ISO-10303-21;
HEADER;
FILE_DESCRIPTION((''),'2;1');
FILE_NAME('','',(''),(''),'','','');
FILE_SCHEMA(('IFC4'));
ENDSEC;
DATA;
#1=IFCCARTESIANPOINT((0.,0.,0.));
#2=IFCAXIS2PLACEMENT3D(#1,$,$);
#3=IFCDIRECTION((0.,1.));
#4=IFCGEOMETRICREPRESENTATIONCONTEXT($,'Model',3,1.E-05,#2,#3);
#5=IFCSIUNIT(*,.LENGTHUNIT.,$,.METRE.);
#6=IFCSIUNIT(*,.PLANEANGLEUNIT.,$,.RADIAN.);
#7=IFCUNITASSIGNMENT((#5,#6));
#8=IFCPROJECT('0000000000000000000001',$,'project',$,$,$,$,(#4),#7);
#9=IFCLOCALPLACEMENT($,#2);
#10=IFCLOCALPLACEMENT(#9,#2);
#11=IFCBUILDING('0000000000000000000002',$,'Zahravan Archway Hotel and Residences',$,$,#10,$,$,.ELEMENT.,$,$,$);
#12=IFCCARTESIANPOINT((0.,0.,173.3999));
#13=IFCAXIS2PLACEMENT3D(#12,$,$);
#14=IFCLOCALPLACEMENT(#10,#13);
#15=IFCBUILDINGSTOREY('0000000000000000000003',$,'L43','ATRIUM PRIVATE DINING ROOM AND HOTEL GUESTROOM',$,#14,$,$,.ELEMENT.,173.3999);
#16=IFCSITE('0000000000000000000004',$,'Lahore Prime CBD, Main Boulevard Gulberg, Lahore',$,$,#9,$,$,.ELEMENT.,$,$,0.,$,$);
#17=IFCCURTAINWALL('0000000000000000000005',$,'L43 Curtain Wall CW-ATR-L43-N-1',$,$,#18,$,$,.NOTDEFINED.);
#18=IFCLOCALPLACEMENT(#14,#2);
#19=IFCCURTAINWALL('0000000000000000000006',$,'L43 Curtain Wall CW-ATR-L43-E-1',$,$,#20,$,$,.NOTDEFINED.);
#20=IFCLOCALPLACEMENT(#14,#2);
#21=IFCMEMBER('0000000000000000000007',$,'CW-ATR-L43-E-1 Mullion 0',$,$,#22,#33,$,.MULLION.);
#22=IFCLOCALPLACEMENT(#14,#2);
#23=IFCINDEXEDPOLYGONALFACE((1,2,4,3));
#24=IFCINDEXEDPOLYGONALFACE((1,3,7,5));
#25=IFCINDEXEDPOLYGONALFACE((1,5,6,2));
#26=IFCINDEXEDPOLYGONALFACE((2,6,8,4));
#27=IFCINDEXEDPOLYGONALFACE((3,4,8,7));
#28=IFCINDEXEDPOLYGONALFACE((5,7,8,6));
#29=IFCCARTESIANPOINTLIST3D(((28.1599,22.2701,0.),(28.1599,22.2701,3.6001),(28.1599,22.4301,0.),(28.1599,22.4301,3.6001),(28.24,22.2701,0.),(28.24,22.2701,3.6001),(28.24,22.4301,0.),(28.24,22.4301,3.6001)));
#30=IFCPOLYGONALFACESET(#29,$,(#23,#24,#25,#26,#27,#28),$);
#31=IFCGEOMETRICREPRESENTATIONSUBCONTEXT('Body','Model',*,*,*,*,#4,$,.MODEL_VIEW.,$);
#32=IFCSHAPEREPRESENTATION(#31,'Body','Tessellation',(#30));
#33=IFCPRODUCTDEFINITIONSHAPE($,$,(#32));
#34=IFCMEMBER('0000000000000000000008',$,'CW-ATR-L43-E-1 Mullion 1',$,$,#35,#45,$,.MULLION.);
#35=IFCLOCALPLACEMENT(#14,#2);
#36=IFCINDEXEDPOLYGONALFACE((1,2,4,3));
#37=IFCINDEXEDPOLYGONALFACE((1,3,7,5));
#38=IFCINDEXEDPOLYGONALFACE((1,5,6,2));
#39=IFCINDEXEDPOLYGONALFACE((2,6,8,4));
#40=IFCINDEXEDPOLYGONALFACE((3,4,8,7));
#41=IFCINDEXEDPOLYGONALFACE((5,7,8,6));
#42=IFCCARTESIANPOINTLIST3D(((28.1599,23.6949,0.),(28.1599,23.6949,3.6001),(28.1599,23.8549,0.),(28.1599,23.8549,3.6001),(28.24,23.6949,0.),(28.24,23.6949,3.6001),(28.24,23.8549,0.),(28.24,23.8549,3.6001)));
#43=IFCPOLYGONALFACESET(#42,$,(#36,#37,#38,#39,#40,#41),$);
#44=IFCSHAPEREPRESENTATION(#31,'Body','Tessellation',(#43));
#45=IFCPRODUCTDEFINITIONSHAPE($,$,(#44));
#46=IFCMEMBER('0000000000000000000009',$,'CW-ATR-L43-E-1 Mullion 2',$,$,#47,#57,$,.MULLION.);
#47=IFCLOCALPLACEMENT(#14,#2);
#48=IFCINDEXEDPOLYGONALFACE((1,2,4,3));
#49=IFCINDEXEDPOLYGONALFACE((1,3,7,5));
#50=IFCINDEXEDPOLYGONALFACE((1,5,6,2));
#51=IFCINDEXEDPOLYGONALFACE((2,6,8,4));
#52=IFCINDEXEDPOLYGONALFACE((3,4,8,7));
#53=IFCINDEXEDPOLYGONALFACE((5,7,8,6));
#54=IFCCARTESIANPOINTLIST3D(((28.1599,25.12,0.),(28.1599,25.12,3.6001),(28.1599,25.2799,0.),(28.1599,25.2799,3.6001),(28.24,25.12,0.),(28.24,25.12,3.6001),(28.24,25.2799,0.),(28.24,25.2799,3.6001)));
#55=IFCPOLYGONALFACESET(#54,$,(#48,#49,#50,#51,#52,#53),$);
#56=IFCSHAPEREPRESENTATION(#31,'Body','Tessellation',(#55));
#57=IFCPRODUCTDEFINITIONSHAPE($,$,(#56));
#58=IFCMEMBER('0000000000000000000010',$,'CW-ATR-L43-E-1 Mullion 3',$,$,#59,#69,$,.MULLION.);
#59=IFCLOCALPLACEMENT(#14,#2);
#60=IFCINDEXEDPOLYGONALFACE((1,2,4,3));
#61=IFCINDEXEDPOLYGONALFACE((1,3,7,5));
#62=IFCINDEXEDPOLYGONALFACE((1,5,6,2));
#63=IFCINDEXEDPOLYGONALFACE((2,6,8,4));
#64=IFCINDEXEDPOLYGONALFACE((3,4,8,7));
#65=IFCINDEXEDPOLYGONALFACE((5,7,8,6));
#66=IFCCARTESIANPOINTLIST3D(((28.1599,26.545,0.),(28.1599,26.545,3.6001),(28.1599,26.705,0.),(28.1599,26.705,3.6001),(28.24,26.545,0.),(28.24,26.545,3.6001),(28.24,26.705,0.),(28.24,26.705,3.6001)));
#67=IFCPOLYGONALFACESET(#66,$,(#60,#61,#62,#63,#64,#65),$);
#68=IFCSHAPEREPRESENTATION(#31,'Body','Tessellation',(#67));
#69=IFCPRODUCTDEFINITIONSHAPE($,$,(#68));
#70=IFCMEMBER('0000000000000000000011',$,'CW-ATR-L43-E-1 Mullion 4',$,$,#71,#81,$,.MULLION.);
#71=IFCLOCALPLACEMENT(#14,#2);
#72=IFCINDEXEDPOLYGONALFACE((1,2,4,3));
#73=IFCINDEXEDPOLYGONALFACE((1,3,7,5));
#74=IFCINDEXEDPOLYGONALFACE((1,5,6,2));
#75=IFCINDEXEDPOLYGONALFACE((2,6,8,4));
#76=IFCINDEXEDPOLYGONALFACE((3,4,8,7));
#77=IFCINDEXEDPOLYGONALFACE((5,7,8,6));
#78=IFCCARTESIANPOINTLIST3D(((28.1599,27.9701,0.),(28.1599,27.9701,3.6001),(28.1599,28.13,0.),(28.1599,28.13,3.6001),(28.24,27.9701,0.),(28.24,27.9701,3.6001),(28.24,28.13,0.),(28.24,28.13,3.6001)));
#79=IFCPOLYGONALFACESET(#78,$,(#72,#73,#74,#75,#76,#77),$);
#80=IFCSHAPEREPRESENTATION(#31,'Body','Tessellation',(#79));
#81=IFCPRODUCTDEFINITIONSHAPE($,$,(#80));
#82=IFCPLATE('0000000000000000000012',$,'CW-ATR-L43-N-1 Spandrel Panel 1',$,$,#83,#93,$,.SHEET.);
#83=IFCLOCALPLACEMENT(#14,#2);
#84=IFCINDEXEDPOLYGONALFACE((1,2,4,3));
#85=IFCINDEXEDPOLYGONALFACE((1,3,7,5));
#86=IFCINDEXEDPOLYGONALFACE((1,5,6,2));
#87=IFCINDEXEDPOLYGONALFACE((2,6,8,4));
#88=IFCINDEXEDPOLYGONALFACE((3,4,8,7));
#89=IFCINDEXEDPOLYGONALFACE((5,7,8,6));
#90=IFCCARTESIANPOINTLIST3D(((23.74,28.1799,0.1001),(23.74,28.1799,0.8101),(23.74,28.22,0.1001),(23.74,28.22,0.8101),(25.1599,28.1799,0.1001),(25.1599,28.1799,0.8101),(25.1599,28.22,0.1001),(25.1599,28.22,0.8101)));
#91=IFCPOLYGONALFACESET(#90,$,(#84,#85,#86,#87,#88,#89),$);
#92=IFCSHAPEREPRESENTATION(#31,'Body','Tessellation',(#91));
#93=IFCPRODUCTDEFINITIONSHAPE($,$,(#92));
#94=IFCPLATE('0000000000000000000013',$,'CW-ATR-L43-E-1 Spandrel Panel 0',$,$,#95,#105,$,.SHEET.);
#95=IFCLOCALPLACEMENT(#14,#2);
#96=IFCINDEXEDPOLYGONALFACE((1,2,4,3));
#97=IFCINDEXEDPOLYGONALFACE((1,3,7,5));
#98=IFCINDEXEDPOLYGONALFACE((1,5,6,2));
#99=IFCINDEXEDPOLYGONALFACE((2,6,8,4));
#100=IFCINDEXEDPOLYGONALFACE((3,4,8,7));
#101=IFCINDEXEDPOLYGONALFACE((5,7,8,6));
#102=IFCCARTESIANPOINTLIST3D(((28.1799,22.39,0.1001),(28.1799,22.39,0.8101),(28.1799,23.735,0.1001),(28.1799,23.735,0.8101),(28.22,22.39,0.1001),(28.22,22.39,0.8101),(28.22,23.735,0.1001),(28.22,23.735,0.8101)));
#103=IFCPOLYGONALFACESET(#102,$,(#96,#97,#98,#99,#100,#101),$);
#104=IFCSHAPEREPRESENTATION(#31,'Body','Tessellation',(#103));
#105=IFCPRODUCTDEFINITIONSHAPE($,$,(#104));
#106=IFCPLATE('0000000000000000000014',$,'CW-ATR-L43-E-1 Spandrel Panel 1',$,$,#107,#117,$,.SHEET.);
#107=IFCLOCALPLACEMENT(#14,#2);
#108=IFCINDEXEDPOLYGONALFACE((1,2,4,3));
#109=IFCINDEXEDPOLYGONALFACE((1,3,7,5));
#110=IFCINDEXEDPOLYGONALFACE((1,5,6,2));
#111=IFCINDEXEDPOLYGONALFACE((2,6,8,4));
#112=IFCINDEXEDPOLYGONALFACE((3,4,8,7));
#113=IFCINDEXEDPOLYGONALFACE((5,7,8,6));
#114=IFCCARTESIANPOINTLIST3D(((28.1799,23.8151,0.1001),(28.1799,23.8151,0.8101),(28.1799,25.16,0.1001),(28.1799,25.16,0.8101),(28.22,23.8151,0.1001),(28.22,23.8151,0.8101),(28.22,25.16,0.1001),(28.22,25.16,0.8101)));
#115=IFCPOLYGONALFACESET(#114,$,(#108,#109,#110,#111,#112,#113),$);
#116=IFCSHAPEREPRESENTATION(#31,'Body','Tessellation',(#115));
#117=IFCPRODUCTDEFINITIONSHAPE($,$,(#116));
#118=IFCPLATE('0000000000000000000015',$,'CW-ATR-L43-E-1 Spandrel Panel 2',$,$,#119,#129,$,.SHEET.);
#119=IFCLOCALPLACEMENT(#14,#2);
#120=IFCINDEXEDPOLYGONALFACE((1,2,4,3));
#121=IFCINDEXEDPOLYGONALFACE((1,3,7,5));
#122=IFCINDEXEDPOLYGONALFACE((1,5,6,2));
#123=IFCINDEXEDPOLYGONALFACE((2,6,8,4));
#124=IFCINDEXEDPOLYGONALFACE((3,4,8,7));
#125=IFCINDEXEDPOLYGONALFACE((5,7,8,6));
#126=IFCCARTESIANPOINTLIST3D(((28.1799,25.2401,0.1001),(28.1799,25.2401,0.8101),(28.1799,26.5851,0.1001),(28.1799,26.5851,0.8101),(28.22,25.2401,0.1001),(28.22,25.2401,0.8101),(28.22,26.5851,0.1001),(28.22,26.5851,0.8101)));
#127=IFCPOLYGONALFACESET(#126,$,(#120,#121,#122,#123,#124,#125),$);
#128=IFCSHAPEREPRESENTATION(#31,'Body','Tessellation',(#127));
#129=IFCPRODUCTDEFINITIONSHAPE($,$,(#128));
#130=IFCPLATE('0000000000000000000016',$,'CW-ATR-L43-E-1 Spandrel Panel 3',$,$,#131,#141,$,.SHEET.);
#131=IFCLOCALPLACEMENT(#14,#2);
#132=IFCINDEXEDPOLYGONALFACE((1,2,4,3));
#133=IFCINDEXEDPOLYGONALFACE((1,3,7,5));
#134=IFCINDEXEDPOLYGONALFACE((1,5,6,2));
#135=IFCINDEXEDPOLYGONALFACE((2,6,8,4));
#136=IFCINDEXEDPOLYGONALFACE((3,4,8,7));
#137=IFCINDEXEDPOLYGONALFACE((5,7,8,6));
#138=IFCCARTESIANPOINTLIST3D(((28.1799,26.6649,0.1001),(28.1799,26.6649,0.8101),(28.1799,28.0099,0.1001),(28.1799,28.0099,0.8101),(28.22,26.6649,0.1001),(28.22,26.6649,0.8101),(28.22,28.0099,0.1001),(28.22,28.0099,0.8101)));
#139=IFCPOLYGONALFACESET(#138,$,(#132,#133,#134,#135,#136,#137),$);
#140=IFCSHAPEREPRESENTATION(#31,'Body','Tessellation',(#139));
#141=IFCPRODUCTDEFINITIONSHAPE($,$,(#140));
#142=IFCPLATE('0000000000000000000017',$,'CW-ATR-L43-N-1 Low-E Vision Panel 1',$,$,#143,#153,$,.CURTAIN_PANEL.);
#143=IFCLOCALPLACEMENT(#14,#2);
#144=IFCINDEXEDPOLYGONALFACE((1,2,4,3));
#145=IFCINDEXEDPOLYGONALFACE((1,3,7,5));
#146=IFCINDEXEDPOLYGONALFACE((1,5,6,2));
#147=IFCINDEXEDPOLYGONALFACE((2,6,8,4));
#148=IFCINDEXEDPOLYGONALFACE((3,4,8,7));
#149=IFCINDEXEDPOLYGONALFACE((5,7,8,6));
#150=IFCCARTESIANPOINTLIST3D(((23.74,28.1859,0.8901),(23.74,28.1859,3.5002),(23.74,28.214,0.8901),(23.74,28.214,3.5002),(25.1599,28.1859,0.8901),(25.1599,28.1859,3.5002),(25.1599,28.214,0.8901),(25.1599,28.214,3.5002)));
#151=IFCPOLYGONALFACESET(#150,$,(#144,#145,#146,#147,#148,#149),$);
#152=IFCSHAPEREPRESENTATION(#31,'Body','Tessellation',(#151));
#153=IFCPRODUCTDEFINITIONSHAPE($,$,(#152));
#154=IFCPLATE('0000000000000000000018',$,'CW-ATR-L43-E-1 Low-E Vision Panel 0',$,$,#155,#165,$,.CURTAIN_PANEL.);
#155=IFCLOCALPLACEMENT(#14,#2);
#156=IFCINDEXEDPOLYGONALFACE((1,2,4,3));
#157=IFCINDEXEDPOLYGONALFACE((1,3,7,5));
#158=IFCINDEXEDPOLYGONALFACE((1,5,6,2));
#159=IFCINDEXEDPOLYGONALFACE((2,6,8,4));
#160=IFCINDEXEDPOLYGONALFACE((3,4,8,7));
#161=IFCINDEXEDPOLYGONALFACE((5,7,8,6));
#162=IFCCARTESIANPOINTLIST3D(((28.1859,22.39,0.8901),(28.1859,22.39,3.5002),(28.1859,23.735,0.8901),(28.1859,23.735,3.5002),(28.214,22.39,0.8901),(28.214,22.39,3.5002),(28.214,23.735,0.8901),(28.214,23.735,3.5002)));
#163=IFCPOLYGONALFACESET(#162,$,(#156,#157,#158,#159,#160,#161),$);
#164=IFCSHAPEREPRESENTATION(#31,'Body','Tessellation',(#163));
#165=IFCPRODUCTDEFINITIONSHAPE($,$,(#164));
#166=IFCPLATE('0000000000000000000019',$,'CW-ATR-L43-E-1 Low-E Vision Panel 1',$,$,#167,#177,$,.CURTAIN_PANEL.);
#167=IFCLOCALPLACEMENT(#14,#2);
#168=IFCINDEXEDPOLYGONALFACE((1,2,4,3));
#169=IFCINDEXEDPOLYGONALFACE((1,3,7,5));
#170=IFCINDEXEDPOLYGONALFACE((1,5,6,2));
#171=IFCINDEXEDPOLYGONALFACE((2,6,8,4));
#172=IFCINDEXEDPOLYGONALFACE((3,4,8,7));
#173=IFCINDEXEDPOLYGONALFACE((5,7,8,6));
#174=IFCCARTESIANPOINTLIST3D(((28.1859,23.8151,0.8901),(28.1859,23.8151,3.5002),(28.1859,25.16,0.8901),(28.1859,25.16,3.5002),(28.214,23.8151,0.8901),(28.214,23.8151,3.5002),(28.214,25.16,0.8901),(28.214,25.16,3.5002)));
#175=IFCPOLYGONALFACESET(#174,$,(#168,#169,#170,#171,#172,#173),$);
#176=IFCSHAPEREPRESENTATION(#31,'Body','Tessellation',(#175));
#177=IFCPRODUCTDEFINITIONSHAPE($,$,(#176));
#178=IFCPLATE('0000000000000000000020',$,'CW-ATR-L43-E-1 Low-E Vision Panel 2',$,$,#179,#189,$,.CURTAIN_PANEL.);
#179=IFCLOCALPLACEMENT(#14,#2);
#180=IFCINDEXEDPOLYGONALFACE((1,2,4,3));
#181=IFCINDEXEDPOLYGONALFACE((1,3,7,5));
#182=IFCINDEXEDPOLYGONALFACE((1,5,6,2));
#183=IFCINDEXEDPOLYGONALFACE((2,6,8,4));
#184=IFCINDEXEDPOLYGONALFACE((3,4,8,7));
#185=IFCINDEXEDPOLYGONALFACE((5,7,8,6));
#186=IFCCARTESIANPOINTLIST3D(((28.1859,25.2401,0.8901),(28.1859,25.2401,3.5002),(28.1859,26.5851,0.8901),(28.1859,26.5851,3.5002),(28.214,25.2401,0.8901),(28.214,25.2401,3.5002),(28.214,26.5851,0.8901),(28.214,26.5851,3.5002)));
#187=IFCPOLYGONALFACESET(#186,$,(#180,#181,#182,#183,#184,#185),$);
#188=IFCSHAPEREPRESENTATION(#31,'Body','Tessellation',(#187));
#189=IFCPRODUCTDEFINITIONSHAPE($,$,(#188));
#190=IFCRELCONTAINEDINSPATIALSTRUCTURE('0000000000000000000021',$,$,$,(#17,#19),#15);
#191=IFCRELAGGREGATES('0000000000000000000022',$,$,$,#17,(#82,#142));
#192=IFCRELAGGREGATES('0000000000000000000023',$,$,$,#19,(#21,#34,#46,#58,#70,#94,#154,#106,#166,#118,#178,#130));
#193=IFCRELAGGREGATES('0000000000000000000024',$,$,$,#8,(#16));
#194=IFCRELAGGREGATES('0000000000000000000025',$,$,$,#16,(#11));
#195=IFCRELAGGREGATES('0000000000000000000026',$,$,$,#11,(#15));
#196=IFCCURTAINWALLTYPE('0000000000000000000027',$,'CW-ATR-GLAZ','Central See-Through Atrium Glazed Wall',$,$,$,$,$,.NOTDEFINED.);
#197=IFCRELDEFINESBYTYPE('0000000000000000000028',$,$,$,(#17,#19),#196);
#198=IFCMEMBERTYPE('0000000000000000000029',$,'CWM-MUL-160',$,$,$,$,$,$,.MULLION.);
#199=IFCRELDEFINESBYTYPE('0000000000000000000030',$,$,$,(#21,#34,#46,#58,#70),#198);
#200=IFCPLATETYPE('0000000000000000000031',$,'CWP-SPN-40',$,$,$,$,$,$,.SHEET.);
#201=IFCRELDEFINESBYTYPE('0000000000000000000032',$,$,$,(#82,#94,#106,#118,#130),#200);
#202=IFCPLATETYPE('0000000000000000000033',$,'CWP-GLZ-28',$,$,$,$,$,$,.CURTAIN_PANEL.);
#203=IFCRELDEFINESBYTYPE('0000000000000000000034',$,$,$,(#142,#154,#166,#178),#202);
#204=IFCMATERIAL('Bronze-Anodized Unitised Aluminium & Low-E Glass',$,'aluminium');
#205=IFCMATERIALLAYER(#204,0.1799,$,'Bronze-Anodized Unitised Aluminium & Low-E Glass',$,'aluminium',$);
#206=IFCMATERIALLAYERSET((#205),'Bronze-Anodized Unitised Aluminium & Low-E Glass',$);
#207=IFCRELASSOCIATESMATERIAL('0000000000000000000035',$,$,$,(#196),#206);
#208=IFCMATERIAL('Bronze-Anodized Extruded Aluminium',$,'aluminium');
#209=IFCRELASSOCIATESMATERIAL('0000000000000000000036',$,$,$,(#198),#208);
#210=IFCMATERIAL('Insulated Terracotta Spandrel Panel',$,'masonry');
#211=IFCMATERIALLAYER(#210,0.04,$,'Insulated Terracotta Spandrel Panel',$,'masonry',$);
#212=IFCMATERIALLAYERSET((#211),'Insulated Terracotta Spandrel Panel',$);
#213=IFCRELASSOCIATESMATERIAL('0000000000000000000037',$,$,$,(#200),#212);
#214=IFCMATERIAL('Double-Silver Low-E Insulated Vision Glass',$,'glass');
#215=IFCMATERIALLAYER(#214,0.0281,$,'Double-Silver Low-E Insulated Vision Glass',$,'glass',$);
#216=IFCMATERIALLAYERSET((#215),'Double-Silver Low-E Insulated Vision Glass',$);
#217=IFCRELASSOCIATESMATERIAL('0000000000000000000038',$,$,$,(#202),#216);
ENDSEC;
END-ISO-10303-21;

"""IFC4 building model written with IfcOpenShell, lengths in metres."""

from ifc_helpers import new_model, si_unit, direction, frame, origin, origin_2d, place, context, subcontext, project, spatial, rectangle, extrude, source, transform, mapped, material, layer, layer_set, material_profile, profile_set, type_object, element, aggregate, save


model = new_model("IFC4")

# Units and contexts
model_context = context("Model", 3, precision=1e-05, world=origin(), true_north=direction((0.0, 1.0)))
body_context = subcontext(model_context, "Body", "Model", "MODEL_VIEW")
ifc_project = project(units=[si_unit("LENGTHUNIT", "METRE"), si_unit("PLANEANGLEUNIT", "RADIAN")], contexts=[model_context])

# Site, building, storey
site_placement = place(None, origin())
site = spatial("IfcSite", under=ifc_project, at=site_placement, Name="Lahore Prime CBD, Main Boulevard Gulberg, Lahore", CompositionType="ELEMENT", RefElevation=0.0)
building_placement = place(site_placement, origin())
building = spatial("IfcBuilding", under=site, at=building_placement, Name="Zahravan Archway Hotel and Residences", CompositionType="ELEMENT")
storey_placement = place(building_placement, frame((0.0, 0.0, 173.3999)))
storey = spatial("IfcBuildingStorey", under=building, at=storey_placement, Name="L43", Description="ATRIUM PRIVATE DINING ROOM AND HOTEL GUESTROOM", CompositionType="ELEMENT", Elevation=173.3999)

# Curtain wall
ifc_material_1 = material(Name="Bronze-Anodized Unitised Aluminium & Low-E Glass", Category="aluminium")
ifc_layer_1 = layer(ifc_material_1, 0.1799, Name="Bronze-Anodized Unitised Aluminium & Low-E Glass", Category="aluminium")
ifc_layer_set_1 = layer_set([ifc_layer_1], Name="Bronze-Anodized Unitised Aluminium & Low-E Glass")
curtain_wall_type = type_object("IfcCurtainWallType", Name="CW-ATR-GLAZ", Description="Central See-Through Atrium Glazed Wall", PredefinedType="NOTDEFINED", material=ifc_layer_set_1)
curtain_wall_1_placement = place(storey_placement, origin())
curtain_wall_1 = element("IfcCurtainWall", 1, at=curtain_wall_1_placement, inside=storey, type_object=curtain_wall_type, Name="L43 Curtain Wall CW-ATR-L43-N-1", PredefinedType="NOTDEFINED")
ifc_material_2 = material(Name="Bronze-Anodized Extruded Aluminium", Category="aluminium")

# Curtain wall
curtain_wall_2_placement = place(storey_placement, origin())
curtain_wall_2 = element("IfcCurtainWall", 2, at=curtain_wall_2_placement, inside=storey, type_object=curtain_wall_type, Name="L43 Curtain Wall CW-ATR-L43-E-1", PredefinedType="NOTDEFINED")

# Members
ifc_material_profile_1 = material_profile(ifc_material_2, rectangle(XDim=0.0801, YDim=0.1599, at=origin_2d()), Name="MUL 80x160", Category="aluminium")
ifc_profile_set_1 = profile_set([ifc_material_profile_1], Name="Bronze-Anodized Extruded Aluminium")
member_type_1 = type_object("IfcMemberType", Name="CWM-MUL-160", PredefinedType="MULLION", material=ifc_profile_set_1)
shared_shape_1 = source(origin(), body_context, "Body", "SweptSolid", [
    extrude(rectangle(XDim=0.0801, YDim=0.1599, at=origin_2d()), origin(), (0.0, 0.0, 1.0), 3.6001),
])
member_1_placement = place(storey_placement, frame((28.2, 22.3501, 0.0), z_axis=(0.0, 0.0, 1.0), x_axis=(1.0, 0.0, 0.0)))
member_1 = element("IfcMember", 3, at=member_1_placement, type_object=member_type_1, Name="CW-ATR-L43-E-1 Mullion 0", PredefinedType="MULLION", context=body_context, shape_type="MappedRepresentation", body=[
    mapped(shared_shape_1, transform((0.0, 0.0, 0.0), scale=1.0)),
])
member_2_placement = place(storey_placement, frame((28.2, 23.7749, 0.0), z_axis=(0.0, 0.0, 1.0), x_axis=(1.0, 0.0, 0.0)))
member_2 = element("IfcMember", 4, at=member_2_placement, type_object=member_type_1, Name="CW-ATR-L43-E-1 Mullion 1", PredefinedType="MULLION", context=body_context, shape_type="MappedRepresentation", body=[
    mapped(shared_shape_1, transform((0.0, 0.0, 0.0), scale=1.0)),
])
member_3_placement = place(storey_placement, frame((28.2, 25.2, 0.0), z_axis=(0.0, 0.0, 1.0), x_axis=(1.0, 0.0, 0.0)))
member_3 = element("IfcMember", 5, at=member_3_placement, type_object=member_type_1, Name="CW-ATR-L43-E-1 Mullion 2", PredefinedType="MULLION", context=body_context, shape_type="MappedRepresentation", body=[
    mapped(shared_shape_1, transform((0.0, 0.0, 0.0), scale=1.0)),
])
member_4_placement = place(storey_placement, frame((28.2, 26.625, 0.0), z_axis=(0.0, 0.0, 1.0), x_axis=(1.0, 0.0, 0.0)))
member_4 = element("IfcMember", 6, at=member_4_placement, type_object=member_type_1, Name="CW-ATR-L43-E-1 Mullion 3", PredefinedType="MULLION", context=body_context, shape_type="MappedRepresentation", body=[
    mapped(shared_shape_1, transform((0.0, 0.0, 0.0), scale=1.0)),
])
member_5_placement = place(storey_placement, frame((28.2, 28.05, 0.0), z_axis=(0.0, 0.0, 1.0), x_axis=(1.0, 0.0, 0.0)))
member_5 = element("IfcMember", 7, at=member_5_placement, type_object=member_type_1, Name="CW-ATR-L43-E-1 Mullion 4", PredefinedType="MULLION", context=body_context, shape_type="MappedRepresentation", body=[
    mapped(shared_shape_1, transform((0.0, 0.0, 0.0), scale=1.0)),
])

# Plates
ifc_material_3 = material(Name="Insulated Terracotta Spandrel Panel", Category="masonry")
ifc_layer_2 = layer(ifc_material_3, 0.04, Name="Insulated Terracotta Spandrel Panel", Category="masonry")
ifc_layer_set_2 = layer_set([ifc_layer_2], Name="Insulated Terracotta Spandrel Panel")
plate_type_1 = type_object("IfcPlateType", Name="CWP-SPN-40", PredefinedType="SHEET", material=ifc_layer_set_2)
shared_shape_2 = source(origin(), body_context, "Body", "SweptSolid", [
    extrude(rectangle(XDim=1.4199, YDim=0.04, at=origin_2d()), origin(), (0.0, 0.0, 1.0), 0.71),
])
plate_1_placement = place(storey_placement, frame((24.45, 28.2, 0.1001), z_axis=(0.0, 0.0, 1.0), x_axis=(1.0, 0.0, 0.0)))
plate_1 = element("IfcPlate", 8, at=plate_1_placement, type_object=plate_type_1, Name="CW-ATR-L43-N-1 Spandrel Panel 1", PredefinedType="SHEET", context=body_context, shape_type="MappedRepresentation", body=[
    mapped(shared_shape_2, transform((0.0, 0.0, 0.0), scale=1.0)),
])
shared_shape_3 = source(origin(), body_context, "Body", "SweptSolid", [
    extrude(rectangle(XDim=1.345, YDim=0.04, at=origin_2d()), origin(), (0.0, 0.0, 1.0), 0.71),
])
plate_2_placement = place(storey_placement, frame((28.2, 23.0625, 0.1001), z_axis=(0.0, 0.0, 1.0), x_axis=(0.0, 1.0, 0.0)))
plate_2 = element("IfcPlate", 9, at=plate_2_placement, type_object=plate_type_1, Name="CW-ATR-L43-E-1 Spandrel Panel 0", PredefinedType="SHEET", context=body_context, shape_type="MappedRepresentation", body=[
    mapped(shared_shape_3, transform((0.0, 0.0, 0.0), scale=1.0)),
])
plate_3_placement = place(storey_placement, frame((28.2, 24.4875, 0.1001), z_axis=(0.0, 0.0, 1.0), x_axis=(0.0, 1.0, 0.0)))
plate_3 = element("IfcPlate", 10, at=plate_3_placement, type_object=plate_type_1, Name="CW-ATR-L43-E-1 Spandrel Panel 1", PredefinedType="SHEET", context=body_context, shape_type="MappedRepresentation", body=[
    mapped(shared_shape_3, transform((0.0, 0.0, 0.0), scale=1.0)),
])
plate_4_placement = place(storey_placement, frame((28.2, 25.9126, 0.1001), z_axis=(0.0, 0.0, 1.0), x_axis=(0.0, 1.0, 0.0)))
plate_4 = element("IfcPlate", 11, at=plate_4_placement, type_object=plate_type_1, Name="CW-ATR-L43-E-1 Spandrel Panel 2", PredefinedType="SHEET", context=body_context, shape_type="MappedRepresentation", body=[
    mapped(shared_shape_3, transform((0.0, 0.0, 0.0), scale=1.0)),
])
plate_5_placement = place(storey_placement, frame((28.2, 27.3374, 0.1001), z_axis=(0.0, 0.0, 1.0), x_axis=(0.0, 1.0, 0.0)))
plate_5 = element("IfcPlate", 12, at=plate_5_placement, type_object=plate_type_1, Name="CW-ATR-L43-E-1 Spandrel Panel 3", PredefinedType="SHEET", context=body_context, shape_type="MappedRepresentation", body=[
    mapped(shared_shape_3, transform((0.0, 0.0, 0.0), scale=1.0)),
])
ifc_material_4 = material(Name="Double-Silver Low-E Insulated Vision Glass", Category="glass")
ifc_layer_3 = layer(ifc_material_4, 0.0281, Name="Double-Silver Low-E Insulated Vision Glass", Category="glass")
ifc_layer_set_3 = layer_set([ifc_layer_3], Name="Double-Silver Low-E Insulated Vision Glass")
plate_type_2 = type_object("IfcPlateType", Name="CWP-GLZ-28", PredefinedType="CURTAIN_PANEL", material=ifc_layer_set_3)
shared_shape_4 = source(origin(), body_context, "Body", "SweptSolid", [
    extrude(rectangle(XDim=1.4199, YDim=0.0281, at=origin_2d()), origin(), (0.0, 0.0, 1.0), 2.6101),
])
plate_6_placement = place(storey_placement, frame((24.45, 28.2, 0.8901), z_axis=(0.0, 0.0, 1.0), x_axis=(1.0, 0.0, 0.0)))
plate_6 = element("IfcPlate", 13, at=plate_6_placement, type_object=plate_type_2, Name="CW-ATR-L43-N-1 Low-E Vision Panel 1", PredefinedType="CURTAIN_PANEL", context=body_context, shape_type="MappedRepresentation", body=[
    mapped(shared_shape_4, transform((0.0, 0.0, 0.0), scale=1.0)),
])
aggregate(curtain_wall_1, [plate_1, plate_6])
shared_shape_5 = source(origin(), body_context, "Body", "SweptSolid", [
    extrude(rectangle(XDim=1.345, YDim=0.0281, at=origin_2d()), origin(), (0.0, 0.0, 1.0), 2.6101),
])
plate_7_placement = place(storey_placement, frame((28.2, 23.0625, 0.8901), z_axis=(0.0, 0.0, 1.0), x_axis=(0.0, 1.0, 0.0)))
plate_7 = element("IfcPlate", 14, at=plate_7_placement, type_object=plate_type_2, Name="CW-ATR-L43-E-1 Low-E Vision Panel 0", PredefinedType="CURTAIN_PANEL", context=body_context, shape_type="MappedRepresentation", body=[
    mapped(shared_shape_5, transform((0.0, 0.0, 0.0), scale=1.0)),
])
plate_8_placement = place(storey_placement, frame((28.2, 24.4875, 0.8901), z_axis=(0.0, 0.0, 1.0), x_axis=(0.0, 1.0, 0.0)))
plate_8 = element("IfcPlate", 15, at=plate_8_placement, type_object=plate_type_2, Name="CW-ATR-L43-E-1 Low-E Vision Panel 1", PredefinedType="CURTAIN_PANEL", context=body_context, shape_type="MappedRepresentation", body=[
    mapped(shared_shape_5, transform((0.0, 0.0, 0.0), scale=1.0)),
])
plate_9_placement = place(storey_placement, frame((28.2, 25.9126, 0.8901), z_axis=(0.0, 0.0, 1.0), x_axis=(0.0, 1.0, 0.0)))
plate_9 = element("IfcPlate", 16, at=plate_9_placement, type_object=plate_type_2, Name="CW-ATR-L43-E-1 Low-E Vision Panel 2", PredefinedType="CURTAIN_PANEL", context=body_context, shape_type="MappedRepresentation", body=[
    mapped(shared_shape_5, transform((0.0, 0.0, 0.0), scale=1.0)),
])
aggregate(curtain_wall_2, [member_1, member_2, member_3, member_4, member_5, plate_2, plate_7, plate_3, plate_8, plate_4, plate_9, plate_5])

save(model, "model.ifc")
